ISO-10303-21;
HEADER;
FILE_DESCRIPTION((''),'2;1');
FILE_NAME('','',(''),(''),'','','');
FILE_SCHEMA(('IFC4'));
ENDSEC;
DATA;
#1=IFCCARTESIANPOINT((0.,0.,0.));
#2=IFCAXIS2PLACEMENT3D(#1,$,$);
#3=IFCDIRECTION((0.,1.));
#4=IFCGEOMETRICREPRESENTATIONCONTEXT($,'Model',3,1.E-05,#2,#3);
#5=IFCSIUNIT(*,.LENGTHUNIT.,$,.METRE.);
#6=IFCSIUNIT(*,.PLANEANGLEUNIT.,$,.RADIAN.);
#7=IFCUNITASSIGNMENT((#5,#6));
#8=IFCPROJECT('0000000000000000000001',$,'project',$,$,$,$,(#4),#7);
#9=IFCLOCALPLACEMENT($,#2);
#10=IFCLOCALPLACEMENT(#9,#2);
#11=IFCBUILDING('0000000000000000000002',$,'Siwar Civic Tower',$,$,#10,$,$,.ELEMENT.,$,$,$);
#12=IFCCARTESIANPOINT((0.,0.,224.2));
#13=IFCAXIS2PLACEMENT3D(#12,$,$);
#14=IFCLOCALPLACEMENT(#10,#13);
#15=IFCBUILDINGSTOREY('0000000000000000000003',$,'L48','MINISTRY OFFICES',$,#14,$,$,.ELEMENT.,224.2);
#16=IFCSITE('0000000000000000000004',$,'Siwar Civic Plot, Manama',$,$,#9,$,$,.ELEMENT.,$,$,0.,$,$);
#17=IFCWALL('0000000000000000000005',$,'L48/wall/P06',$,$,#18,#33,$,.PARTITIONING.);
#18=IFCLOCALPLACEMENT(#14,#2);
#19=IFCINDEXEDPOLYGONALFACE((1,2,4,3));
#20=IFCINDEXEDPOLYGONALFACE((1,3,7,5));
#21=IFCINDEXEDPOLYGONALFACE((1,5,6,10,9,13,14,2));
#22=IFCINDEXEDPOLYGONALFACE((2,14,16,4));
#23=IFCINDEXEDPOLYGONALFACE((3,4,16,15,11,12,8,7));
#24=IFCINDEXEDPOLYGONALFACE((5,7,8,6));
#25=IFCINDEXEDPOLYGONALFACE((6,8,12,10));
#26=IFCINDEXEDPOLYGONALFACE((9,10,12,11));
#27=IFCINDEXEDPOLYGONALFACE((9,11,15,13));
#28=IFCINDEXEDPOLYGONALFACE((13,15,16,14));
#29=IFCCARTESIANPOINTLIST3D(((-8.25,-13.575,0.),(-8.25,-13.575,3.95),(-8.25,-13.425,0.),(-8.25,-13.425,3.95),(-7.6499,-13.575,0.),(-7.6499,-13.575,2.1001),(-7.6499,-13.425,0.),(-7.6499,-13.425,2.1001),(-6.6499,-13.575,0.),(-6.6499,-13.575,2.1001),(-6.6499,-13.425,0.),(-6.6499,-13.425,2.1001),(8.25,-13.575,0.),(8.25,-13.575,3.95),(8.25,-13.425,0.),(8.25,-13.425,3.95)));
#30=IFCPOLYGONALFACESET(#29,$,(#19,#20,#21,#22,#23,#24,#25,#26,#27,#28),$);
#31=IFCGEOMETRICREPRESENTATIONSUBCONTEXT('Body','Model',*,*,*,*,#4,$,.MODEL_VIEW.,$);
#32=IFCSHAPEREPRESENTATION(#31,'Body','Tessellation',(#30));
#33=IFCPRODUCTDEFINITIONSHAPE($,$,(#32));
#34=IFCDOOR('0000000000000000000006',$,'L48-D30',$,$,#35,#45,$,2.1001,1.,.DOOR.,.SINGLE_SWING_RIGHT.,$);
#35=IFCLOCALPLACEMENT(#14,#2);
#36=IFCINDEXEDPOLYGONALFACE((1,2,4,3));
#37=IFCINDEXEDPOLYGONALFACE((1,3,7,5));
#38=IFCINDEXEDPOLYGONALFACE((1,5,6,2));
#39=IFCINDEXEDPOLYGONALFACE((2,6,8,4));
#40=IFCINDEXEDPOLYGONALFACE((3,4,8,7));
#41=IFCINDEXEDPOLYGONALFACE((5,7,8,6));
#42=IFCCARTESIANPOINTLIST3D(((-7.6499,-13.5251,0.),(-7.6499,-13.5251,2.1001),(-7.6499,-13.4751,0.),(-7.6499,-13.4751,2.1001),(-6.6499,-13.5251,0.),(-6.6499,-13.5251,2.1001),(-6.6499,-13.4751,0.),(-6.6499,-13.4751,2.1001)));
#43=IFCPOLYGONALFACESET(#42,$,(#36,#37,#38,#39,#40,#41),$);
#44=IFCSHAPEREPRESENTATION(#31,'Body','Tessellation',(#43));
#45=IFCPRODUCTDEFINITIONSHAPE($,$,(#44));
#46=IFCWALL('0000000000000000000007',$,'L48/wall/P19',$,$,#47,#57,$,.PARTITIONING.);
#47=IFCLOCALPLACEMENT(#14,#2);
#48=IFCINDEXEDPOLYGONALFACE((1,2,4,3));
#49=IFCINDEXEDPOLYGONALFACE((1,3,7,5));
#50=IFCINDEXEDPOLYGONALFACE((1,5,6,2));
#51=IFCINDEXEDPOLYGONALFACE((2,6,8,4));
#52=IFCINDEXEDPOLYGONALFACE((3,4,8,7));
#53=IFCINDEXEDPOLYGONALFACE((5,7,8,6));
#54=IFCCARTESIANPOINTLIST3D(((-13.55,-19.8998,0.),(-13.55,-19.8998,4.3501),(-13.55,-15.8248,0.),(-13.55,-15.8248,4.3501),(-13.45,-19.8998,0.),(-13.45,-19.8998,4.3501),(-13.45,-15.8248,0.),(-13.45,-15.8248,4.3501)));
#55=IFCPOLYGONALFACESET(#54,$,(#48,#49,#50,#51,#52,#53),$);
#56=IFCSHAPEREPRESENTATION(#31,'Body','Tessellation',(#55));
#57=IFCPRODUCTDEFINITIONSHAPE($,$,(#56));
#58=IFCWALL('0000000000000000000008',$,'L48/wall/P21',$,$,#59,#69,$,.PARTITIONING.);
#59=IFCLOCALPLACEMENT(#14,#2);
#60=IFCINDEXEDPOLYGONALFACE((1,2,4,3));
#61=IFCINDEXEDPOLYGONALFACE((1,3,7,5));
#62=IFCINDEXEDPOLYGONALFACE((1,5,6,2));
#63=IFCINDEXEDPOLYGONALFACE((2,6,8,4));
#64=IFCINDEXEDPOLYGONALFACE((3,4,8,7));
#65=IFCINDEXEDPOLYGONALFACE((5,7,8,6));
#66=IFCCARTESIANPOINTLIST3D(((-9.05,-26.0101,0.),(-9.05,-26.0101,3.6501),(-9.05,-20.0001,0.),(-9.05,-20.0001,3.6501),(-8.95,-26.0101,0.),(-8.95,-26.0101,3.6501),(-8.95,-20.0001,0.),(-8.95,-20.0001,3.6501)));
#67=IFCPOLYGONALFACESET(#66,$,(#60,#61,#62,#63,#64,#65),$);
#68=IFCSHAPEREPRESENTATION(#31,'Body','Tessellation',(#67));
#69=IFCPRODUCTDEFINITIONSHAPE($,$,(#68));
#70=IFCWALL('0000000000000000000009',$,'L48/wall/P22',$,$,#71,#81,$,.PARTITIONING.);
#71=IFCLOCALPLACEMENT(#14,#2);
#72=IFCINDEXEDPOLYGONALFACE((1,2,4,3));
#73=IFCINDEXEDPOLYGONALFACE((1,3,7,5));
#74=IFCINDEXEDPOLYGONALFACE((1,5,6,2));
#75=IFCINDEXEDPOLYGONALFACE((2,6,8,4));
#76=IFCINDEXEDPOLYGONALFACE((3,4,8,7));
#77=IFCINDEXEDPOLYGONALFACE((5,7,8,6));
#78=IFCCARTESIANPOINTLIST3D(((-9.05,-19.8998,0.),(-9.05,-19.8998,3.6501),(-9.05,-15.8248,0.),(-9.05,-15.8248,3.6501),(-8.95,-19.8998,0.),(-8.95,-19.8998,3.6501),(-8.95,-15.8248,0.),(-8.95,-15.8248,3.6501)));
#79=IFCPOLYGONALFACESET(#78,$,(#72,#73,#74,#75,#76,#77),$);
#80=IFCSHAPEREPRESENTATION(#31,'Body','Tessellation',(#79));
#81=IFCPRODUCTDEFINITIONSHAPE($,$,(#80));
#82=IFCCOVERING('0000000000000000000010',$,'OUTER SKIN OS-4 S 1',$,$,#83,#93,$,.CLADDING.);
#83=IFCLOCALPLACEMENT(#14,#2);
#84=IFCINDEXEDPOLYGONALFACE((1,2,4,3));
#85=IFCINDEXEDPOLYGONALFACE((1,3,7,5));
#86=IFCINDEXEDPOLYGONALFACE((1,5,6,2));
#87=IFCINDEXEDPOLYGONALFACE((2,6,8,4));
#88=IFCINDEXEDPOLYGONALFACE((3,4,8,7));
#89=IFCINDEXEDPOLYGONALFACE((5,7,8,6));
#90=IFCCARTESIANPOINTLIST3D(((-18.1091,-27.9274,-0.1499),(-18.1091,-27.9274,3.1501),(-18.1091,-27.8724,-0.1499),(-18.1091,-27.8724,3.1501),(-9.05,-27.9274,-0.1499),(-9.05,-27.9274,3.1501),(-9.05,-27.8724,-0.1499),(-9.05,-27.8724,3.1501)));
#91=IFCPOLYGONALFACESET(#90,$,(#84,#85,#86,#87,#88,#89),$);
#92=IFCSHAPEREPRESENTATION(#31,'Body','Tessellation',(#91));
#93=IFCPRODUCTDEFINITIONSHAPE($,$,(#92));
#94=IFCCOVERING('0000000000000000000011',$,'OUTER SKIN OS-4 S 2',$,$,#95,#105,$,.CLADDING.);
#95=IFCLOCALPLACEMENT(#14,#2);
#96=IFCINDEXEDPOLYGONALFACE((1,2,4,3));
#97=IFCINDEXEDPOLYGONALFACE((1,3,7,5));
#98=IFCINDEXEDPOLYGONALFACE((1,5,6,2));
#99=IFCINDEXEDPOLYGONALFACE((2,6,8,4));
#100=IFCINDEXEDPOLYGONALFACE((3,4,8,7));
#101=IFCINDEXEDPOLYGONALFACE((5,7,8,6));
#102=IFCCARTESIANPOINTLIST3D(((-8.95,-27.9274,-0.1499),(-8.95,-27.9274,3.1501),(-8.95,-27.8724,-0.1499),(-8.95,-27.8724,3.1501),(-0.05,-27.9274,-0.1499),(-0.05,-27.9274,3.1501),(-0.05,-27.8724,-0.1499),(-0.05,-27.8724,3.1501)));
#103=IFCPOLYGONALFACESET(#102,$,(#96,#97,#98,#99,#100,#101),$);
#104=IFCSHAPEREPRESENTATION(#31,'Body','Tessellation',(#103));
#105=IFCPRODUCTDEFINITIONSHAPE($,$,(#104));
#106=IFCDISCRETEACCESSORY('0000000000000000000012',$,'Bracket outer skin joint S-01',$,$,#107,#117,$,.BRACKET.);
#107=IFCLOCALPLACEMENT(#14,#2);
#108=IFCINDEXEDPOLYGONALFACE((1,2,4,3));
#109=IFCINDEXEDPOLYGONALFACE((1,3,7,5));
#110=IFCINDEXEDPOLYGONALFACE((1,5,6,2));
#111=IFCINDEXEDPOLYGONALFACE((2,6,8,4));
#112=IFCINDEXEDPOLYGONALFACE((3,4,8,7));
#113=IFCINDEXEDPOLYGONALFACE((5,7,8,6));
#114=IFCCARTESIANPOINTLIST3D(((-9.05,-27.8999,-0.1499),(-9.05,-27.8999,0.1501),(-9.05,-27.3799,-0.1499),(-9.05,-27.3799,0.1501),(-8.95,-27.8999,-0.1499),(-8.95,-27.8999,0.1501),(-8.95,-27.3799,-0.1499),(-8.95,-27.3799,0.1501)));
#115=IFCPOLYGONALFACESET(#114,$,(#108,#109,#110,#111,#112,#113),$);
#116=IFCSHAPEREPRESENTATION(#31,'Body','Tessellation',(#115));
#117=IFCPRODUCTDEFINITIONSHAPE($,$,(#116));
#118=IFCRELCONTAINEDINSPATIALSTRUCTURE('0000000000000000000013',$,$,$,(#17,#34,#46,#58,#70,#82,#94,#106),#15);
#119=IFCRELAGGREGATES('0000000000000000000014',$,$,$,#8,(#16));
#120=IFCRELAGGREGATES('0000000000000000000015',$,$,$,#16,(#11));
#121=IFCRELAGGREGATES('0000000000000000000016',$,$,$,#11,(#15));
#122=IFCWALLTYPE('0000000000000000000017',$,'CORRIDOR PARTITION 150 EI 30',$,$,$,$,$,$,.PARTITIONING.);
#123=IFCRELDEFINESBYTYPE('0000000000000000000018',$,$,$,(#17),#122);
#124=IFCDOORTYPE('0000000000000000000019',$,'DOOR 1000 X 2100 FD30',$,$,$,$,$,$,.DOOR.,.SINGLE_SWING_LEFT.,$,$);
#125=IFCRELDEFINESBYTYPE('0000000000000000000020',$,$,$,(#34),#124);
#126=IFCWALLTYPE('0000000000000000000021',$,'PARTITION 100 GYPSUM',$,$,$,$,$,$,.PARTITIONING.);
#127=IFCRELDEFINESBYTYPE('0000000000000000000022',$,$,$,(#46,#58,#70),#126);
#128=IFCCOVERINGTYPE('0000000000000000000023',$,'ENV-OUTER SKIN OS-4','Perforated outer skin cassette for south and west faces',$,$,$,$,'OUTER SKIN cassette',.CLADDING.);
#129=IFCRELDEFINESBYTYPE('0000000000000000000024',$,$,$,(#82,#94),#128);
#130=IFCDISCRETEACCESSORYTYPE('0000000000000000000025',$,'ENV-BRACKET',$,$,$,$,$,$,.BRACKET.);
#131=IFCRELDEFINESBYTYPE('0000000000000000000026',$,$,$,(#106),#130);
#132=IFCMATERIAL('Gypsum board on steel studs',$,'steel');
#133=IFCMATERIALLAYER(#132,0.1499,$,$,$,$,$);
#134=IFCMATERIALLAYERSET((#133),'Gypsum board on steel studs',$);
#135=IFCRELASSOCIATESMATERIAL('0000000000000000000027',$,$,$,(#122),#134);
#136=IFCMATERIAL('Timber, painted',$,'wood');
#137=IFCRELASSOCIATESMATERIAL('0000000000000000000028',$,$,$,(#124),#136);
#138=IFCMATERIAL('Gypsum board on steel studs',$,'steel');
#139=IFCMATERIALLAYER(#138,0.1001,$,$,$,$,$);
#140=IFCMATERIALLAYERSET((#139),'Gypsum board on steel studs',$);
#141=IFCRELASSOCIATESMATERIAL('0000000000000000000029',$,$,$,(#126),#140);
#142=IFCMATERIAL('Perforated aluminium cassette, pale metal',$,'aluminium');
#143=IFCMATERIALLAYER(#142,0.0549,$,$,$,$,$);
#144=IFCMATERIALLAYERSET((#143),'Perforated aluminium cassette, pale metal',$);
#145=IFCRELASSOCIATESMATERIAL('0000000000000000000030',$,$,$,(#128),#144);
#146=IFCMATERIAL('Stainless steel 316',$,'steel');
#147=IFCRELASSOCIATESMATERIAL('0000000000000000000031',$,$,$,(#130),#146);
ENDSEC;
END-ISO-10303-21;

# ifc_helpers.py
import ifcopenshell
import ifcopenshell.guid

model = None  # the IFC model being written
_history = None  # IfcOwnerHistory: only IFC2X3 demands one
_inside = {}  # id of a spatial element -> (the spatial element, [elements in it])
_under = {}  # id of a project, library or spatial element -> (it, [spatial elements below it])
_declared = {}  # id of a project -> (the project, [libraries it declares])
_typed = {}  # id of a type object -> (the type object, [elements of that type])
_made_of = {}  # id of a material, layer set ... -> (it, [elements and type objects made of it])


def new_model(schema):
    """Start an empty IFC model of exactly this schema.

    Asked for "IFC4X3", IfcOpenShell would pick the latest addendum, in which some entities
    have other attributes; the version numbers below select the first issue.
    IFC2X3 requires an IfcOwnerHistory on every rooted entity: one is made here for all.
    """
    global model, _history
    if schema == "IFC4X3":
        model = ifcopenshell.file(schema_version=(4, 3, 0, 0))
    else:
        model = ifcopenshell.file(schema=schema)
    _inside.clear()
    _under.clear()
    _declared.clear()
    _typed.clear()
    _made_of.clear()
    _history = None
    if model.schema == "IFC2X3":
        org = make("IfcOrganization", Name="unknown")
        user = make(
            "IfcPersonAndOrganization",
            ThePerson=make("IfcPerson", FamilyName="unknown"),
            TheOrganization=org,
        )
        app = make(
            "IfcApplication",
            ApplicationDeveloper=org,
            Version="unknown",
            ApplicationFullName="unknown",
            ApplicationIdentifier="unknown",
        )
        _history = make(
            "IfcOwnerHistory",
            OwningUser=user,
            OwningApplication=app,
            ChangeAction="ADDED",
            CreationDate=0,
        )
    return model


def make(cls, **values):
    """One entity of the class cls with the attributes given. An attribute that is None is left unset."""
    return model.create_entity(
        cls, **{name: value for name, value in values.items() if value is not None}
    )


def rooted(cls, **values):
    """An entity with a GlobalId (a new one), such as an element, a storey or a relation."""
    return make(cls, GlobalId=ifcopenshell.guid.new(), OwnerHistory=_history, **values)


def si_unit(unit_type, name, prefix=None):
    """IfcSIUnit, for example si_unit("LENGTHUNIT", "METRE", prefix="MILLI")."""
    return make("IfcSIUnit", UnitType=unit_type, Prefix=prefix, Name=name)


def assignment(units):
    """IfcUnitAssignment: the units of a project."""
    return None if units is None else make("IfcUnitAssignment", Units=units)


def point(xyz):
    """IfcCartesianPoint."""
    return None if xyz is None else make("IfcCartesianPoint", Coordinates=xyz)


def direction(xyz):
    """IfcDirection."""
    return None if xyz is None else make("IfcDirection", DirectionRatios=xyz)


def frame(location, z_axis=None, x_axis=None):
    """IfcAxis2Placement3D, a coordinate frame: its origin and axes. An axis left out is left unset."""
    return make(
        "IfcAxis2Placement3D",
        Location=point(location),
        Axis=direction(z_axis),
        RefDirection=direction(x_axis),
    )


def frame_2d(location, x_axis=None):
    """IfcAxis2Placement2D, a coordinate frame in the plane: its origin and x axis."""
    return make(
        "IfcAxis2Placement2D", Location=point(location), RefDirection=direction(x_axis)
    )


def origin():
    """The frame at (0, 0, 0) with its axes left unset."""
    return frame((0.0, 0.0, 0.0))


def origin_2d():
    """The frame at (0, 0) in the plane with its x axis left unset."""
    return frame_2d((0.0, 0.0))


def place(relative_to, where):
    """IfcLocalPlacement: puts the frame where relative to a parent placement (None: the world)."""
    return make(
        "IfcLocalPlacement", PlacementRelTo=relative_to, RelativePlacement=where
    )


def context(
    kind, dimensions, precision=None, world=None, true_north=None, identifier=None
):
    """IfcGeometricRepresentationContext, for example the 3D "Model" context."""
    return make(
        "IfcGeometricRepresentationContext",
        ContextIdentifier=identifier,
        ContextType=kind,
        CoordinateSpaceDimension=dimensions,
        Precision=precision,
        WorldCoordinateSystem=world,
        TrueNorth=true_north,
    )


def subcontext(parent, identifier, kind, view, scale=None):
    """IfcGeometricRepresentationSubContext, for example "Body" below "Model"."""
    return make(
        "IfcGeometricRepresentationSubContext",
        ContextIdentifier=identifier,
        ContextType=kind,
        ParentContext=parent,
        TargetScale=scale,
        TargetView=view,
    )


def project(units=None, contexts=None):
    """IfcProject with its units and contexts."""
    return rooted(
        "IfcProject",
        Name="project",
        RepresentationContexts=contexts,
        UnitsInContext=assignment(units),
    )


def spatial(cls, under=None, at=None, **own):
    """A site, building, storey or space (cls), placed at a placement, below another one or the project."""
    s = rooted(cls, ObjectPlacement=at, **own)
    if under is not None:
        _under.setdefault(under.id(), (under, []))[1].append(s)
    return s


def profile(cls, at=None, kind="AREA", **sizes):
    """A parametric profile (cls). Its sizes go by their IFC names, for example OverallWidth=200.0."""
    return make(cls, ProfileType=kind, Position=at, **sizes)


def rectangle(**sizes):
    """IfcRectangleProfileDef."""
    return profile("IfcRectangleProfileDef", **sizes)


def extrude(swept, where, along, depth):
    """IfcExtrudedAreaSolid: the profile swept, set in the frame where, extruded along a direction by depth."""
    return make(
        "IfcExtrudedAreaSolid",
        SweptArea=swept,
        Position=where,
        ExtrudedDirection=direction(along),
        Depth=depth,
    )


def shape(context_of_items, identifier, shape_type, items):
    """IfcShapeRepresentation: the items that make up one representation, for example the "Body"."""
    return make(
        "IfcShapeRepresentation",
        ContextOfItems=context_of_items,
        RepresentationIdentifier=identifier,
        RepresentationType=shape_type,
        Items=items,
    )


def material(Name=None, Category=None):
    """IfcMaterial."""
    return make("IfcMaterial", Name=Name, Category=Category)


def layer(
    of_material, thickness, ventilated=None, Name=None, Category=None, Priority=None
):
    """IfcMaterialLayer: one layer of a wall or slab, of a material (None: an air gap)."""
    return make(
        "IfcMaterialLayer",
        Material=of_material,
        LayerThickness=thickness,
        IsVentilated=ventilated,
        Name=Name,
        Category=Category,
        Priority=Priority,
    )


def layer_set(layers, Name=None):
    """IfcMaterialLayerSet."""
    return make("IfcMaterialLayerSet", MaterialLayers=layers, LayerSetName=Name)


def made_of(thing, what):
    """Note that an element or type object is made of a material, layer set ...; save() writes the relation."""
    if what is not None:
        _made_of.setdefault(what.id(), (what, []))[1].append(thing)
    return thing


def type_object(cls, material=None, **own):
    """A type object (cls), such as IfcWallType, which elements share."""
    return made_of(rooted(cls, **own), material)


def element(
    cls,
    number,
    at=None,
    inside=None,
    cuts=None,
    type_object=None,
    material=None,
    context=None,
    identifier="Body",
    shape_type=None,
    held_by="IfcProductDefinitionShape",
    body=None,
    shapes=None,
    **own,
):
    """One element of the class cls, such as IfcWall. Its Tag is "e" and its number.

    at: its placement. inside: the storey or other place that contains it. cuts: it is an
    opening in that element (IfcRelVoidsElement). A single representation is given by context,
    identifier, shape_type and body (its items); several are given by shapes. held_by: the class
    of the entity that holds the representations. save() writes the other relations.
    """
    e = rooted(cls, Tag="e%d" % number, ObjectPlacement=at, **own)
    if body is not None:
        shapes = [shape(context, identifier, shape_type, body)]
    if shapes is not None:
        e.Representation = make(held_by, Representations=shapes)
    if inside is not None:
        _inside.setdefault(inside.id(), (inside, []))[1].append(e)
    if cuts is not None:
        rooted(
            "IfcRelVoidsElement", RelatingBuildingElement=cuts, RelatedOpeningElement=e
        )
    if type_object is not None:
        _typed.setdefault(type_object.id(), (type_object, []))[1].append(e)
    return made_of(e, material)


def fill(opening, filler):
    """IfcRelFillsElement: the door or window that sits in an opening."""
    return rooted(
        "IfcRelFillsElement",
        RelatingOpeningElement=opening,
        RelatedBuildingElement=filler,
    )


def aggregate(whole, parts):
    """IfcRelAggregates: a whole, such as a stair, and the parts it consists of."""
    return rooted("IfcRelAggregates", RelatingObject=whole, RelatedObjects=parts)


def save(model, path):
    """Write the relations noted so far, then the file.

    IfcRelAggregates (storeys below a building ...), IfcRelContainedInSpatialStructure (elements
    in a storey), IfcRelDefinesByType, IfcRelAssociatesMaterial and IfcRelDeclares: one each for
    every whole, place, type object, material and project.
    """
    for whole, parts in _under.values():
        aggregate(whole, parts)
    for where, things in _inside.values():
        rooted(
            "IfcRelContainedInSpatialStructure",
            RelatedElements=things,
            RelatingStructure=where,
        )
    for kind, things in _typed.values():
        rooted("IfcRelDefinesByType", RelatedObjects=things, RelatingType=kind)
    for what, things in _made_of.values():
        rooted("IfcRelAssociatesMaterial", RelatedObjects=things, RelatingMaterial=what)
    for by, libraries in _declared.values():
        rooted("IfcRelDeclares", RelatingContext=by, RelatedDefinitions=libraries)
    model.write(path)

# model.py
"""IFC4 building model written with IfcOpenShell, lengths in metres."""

from ifc_helpers import new_model, si_unit, direction, frame, frame_2d, origin, origin_2d, place, context, subcontext, project, spatial, rectangle, extrude, material, layer, layer_set, type_object, element, fill, save


model = new_model("IFC4")

# Units and contexts
model_context = context("Model", 3, precision=1e-05, world=origin(), true_north=direction((0.0, 1.0)))
body_context = subcontext(model_context, "Body", "Model", "MODEL_VIEW")
ifc_project = project(units=[si_unit("LENGTHUNIT", "METRE"), si_unit("PLANEANGLEUNIT", "RADIAN")], contexts=[model_context])

# Site, building, storey
site_placement = place(None, origin())
site = spatial("IfcSite", under=ifc_project, at=site_placement, Name="Siwar Civic Plot, Manama", CompositionType="ELEMENT", RefElevation=0.0)
building_placement = place(site_placement, origin())
building = spatial("IfcBuilding", under=site, at=building_placement, Name="Siwar Civic Tower", CompositionType="ELEMENT")
storey_placement = place(building_placement, frame((0.0, 0.0, 224.2)))
storey = spatial("IfcBuildingStorey", under=building, at=storey_placement, Name="L48", Description="MINISTRY OFFICES", CompositionType="ELEMENT", Elevation=224.2)

# Wall, opening, door
ifc_material_1 = material(Name="Gypsum board on steel studs", Category="steel")
ifc_layer_1 = layer(ifc_material_1, 0.1499)
ifc_layer_set_1 = layer_set([ifc_layer_1], Name="Gypsum board on steel studs")
wall_type_1 = type_object("IfcWallType", Name="CORRIDOR PARTITION 150 EI 30", PredefinedType="PARTITIONING", material=ifc_layer_set_1)
wall_1_placement = place(storey_placement, frame((-8.25, -13.5, 0.0), z_axis=(0.0, 0.0, 1.0), x_axis=(1.0, 0.0, 0.0)))
wall_1 = element("IfcWall", 1, at=wall_1_placement, inside=storey, type_object=wall_type_1, Name="L48/wall/P06", PredefinedType="PARTITIONING", context=body_context, shape_type="SweptSolid", body=[
    extrude(rectangle(XDim=16.5, YDim=0.1499, at=frame_2d((8.25, 0.0))), origin(), (0.0, 0.0, 1.0), 3.95),
])
opening_placement = place(wall_1_placement, frame((0.6001, 0.0, 0.0)))
opening = element("IfcOpeningElement", 2, at=opening_placement, cuts=wall_1, PredefinedType="OPENING", context=body_context, shape_type="SweptSolid", body=[
    extrude(rectangle(XDim=1.0, YDim=2.1001, at=frame_2d((0.5, 1.05))), frame((0.0, 0.085, 0.0), z_axis=(0.0, -1.0, 0.0), x_axis=(1.0, 0.0, 0.0)), (0.0, 0.0, 1.0), 0.1699),
])
ifc_material_2 = material(Name="Timber, painted", Category="wood")
door_type = type_object("IfcDoorType", Name="DOOR 1000 X 2100 FD30", OperationType="SINGLE_SWING_LEFT", PredefinedType="DOOR", material=ifc_material_2)
door_placement = place(opening_placement, origin())
door = element("IfcDoor", 3, at=door_placement, inside=storey, type_object=door_type, Name="L48-D30", OperationType="SINGLE_SWING_RIGHT", OverallHeight=2.1001, OverallWidth=1.0, PredefinedType="DOOR", context=body_context, shape_type="SweptSolid", body=[
    extrude(rectangle(XDim=1.0, YDim=2.1001, at=frame_2d((0.5, 1.05))), frame((0.0, 0.0249, 0.0), z_axis=(0.0, -1.0, 0.0), x_axis=(1.0, 0.0, 0.0)), (0.0, 0.0, 1.0), 0.05),
])
fill(opening, door)

# Walls
ifc_material_3 = material(Name="Gypsum board on steel studs", Category="steel")
ifc_layer_2 = layer(ifc_material_3, 0.1001)
ifc_layer_set_2 = layer_set([ifc_layer_2], Name="Gypsum board on steel studs")
wall_type_2 = type_object("IfcWallType", Name="PARTITION 100 GYPSUM", PredefinedType="PARTITIONING", material=ifc_layer_set_2)
wall_2_placement = place(storey_placement, frame((-13.5, -19.8999, 0.0), z_axis=(0.0, 0.0, 1.0), x_axis=(0.0, 1.0, 0.0)))
element("IfcWall", 4, at=wall_2_placement, inside=storey, type_object=wall_type_2, Name="L48/wall/P19", PredefinedType="PARTITIONING", context=body_context, shape_type="SweptSolid", body=[
    extrude(rectangle(XDim=4.075, YDim=0.1001, at=frame_2d((2.0376, 0.0))), origin(), (0.0, 0.0, 1.0), 4.3501),
])
wall_3_placement = place(storey_placement, frame((-9.0, -26.01, 0.0), z_axis=(0.0, 0.0, 1.0), x_axis=(0.0, 1.0, 0.0)))
element("IfcWall", 5, at=wall_3_placement, inside=storey, type_object=wall_type_2, Name="L48/wall/P21", PredefinedType="PARTITIONING", context=body_context, shape_type="SweptSolid", body=[
    extrude(rectangle(XDim=6.01, YDim=0.1001, at=frame_2d((3.0049, 0.0))), origin(), (0.0, 0.0, 1.0), 3.6501),
])
wall_4_placement = place(storey_placement, frame((-9.0, -19.8999, 0.0), z_axis=(0.0, 0.0, 1.0), x_axis=(0.0, 1.0, 0.0)))
element("IfcWall", 6, at=wall_4_placement, inside=storey, type_object=wall_type_2, Name="L48/wall/P22", PredefinedType="PARTITIONING", context=body_context, shape_type="SweptSolid", body=[
    extrude(rectangle(XDim=4.075, YDim=0.1001, at=frame_2d((2.0376, 0.0))), origin(), (0.0, 0.0, 1.0), 3.6501),
])

# Coverings
ifc_material_4 = material(Name="Perforated aluminium cassette, pale metal", Category="aluminium")
ifc_layer_3 = layer(ifc_material_4, 0.0549)
ifc_layer_set_3 = layer_set([ifc_layer_3], Name="Perforated aluminium cassette, pale metal")
covering_type = type_object("IfcCoveringType", Name="ENV-OUTER SKIN OS-4", Description="Perforated outer skin cassette for south and west faces", ElementType="OUTER SKIN cassette", PredefinedType="CLADDING", material=ifc_layer_set_3)
covering_1_placement = place(storey_placement, frame((-13.5796, -27.8999, -0.1499), z_axis=(0.0, 0.0, 1.0), x_axis=(1.0, 0.0, 0.0)))
element("IfcCovering", 7, at=covering_1_placement, inside=storey, type_object=covering_type, Name="OUTER SKIN OS-4 S 1", PredefinedType="CLADDING", context=body_context, shape_type="SweptSolid", body=[
    extrude(rectangle(XDim=9.0591, YDim=0.0549, at=origin_2d()), origin(), (0.0, 0.0, 1.0), 3.3),
])
covering_2_placement = place(storey_placement, frame((-4.5, -27.8999, -0.1499), z_axis=(0.0, 0.0, 1.0), x_axis=(1.0, 0.0, 0.0)))
element("IfcCovering", 8, at=covering_2_placement, inside=storey, type_object=covering_type, Name="OUTER SKIN OS-4 S 2", PredefinedType="CLADDING", context=body_context, shape_type="SweptSolid", body=[
    extrude(rectangle(XDim=8.8999, YDim=0.0549, at=origin_2d()), origin(), (0.0, 0.0, 1.0), 3.3),
])

# Discrete accessory
ifc_material_5 = material(Name="Stainless steel 316", Category="steel")
discrete_accessory_type = type_object("IfcDiscreteAccessoryType", Name="ENV-BRACKET", PredefinedType="BRACKET", material=ifc_material_5)
discrete_accessory_placement = place(storey_placement, frame((-9.0, -27.6399, -0.1499), z_axis=(0.0, 0.0, 1.0), x_axis=(0.0, -1.0, 0.0)))
element("IfcDiscreteAccessory", 9, at=discrete_accessory_placement, inside=storey, type_object=discrete_accessory_type, Name="Bracket outer skin joint S-01", PredefinedType="BRACKET", context=body_context, shape_type="SweptSolid", body=[
    extrude(rectangle(XDim=0.52, YDim=0.1001, at=origin_2d()), origin(), (0.0, 0.0, 1.0), 0.3),
])

save(model, "model.ifc")
